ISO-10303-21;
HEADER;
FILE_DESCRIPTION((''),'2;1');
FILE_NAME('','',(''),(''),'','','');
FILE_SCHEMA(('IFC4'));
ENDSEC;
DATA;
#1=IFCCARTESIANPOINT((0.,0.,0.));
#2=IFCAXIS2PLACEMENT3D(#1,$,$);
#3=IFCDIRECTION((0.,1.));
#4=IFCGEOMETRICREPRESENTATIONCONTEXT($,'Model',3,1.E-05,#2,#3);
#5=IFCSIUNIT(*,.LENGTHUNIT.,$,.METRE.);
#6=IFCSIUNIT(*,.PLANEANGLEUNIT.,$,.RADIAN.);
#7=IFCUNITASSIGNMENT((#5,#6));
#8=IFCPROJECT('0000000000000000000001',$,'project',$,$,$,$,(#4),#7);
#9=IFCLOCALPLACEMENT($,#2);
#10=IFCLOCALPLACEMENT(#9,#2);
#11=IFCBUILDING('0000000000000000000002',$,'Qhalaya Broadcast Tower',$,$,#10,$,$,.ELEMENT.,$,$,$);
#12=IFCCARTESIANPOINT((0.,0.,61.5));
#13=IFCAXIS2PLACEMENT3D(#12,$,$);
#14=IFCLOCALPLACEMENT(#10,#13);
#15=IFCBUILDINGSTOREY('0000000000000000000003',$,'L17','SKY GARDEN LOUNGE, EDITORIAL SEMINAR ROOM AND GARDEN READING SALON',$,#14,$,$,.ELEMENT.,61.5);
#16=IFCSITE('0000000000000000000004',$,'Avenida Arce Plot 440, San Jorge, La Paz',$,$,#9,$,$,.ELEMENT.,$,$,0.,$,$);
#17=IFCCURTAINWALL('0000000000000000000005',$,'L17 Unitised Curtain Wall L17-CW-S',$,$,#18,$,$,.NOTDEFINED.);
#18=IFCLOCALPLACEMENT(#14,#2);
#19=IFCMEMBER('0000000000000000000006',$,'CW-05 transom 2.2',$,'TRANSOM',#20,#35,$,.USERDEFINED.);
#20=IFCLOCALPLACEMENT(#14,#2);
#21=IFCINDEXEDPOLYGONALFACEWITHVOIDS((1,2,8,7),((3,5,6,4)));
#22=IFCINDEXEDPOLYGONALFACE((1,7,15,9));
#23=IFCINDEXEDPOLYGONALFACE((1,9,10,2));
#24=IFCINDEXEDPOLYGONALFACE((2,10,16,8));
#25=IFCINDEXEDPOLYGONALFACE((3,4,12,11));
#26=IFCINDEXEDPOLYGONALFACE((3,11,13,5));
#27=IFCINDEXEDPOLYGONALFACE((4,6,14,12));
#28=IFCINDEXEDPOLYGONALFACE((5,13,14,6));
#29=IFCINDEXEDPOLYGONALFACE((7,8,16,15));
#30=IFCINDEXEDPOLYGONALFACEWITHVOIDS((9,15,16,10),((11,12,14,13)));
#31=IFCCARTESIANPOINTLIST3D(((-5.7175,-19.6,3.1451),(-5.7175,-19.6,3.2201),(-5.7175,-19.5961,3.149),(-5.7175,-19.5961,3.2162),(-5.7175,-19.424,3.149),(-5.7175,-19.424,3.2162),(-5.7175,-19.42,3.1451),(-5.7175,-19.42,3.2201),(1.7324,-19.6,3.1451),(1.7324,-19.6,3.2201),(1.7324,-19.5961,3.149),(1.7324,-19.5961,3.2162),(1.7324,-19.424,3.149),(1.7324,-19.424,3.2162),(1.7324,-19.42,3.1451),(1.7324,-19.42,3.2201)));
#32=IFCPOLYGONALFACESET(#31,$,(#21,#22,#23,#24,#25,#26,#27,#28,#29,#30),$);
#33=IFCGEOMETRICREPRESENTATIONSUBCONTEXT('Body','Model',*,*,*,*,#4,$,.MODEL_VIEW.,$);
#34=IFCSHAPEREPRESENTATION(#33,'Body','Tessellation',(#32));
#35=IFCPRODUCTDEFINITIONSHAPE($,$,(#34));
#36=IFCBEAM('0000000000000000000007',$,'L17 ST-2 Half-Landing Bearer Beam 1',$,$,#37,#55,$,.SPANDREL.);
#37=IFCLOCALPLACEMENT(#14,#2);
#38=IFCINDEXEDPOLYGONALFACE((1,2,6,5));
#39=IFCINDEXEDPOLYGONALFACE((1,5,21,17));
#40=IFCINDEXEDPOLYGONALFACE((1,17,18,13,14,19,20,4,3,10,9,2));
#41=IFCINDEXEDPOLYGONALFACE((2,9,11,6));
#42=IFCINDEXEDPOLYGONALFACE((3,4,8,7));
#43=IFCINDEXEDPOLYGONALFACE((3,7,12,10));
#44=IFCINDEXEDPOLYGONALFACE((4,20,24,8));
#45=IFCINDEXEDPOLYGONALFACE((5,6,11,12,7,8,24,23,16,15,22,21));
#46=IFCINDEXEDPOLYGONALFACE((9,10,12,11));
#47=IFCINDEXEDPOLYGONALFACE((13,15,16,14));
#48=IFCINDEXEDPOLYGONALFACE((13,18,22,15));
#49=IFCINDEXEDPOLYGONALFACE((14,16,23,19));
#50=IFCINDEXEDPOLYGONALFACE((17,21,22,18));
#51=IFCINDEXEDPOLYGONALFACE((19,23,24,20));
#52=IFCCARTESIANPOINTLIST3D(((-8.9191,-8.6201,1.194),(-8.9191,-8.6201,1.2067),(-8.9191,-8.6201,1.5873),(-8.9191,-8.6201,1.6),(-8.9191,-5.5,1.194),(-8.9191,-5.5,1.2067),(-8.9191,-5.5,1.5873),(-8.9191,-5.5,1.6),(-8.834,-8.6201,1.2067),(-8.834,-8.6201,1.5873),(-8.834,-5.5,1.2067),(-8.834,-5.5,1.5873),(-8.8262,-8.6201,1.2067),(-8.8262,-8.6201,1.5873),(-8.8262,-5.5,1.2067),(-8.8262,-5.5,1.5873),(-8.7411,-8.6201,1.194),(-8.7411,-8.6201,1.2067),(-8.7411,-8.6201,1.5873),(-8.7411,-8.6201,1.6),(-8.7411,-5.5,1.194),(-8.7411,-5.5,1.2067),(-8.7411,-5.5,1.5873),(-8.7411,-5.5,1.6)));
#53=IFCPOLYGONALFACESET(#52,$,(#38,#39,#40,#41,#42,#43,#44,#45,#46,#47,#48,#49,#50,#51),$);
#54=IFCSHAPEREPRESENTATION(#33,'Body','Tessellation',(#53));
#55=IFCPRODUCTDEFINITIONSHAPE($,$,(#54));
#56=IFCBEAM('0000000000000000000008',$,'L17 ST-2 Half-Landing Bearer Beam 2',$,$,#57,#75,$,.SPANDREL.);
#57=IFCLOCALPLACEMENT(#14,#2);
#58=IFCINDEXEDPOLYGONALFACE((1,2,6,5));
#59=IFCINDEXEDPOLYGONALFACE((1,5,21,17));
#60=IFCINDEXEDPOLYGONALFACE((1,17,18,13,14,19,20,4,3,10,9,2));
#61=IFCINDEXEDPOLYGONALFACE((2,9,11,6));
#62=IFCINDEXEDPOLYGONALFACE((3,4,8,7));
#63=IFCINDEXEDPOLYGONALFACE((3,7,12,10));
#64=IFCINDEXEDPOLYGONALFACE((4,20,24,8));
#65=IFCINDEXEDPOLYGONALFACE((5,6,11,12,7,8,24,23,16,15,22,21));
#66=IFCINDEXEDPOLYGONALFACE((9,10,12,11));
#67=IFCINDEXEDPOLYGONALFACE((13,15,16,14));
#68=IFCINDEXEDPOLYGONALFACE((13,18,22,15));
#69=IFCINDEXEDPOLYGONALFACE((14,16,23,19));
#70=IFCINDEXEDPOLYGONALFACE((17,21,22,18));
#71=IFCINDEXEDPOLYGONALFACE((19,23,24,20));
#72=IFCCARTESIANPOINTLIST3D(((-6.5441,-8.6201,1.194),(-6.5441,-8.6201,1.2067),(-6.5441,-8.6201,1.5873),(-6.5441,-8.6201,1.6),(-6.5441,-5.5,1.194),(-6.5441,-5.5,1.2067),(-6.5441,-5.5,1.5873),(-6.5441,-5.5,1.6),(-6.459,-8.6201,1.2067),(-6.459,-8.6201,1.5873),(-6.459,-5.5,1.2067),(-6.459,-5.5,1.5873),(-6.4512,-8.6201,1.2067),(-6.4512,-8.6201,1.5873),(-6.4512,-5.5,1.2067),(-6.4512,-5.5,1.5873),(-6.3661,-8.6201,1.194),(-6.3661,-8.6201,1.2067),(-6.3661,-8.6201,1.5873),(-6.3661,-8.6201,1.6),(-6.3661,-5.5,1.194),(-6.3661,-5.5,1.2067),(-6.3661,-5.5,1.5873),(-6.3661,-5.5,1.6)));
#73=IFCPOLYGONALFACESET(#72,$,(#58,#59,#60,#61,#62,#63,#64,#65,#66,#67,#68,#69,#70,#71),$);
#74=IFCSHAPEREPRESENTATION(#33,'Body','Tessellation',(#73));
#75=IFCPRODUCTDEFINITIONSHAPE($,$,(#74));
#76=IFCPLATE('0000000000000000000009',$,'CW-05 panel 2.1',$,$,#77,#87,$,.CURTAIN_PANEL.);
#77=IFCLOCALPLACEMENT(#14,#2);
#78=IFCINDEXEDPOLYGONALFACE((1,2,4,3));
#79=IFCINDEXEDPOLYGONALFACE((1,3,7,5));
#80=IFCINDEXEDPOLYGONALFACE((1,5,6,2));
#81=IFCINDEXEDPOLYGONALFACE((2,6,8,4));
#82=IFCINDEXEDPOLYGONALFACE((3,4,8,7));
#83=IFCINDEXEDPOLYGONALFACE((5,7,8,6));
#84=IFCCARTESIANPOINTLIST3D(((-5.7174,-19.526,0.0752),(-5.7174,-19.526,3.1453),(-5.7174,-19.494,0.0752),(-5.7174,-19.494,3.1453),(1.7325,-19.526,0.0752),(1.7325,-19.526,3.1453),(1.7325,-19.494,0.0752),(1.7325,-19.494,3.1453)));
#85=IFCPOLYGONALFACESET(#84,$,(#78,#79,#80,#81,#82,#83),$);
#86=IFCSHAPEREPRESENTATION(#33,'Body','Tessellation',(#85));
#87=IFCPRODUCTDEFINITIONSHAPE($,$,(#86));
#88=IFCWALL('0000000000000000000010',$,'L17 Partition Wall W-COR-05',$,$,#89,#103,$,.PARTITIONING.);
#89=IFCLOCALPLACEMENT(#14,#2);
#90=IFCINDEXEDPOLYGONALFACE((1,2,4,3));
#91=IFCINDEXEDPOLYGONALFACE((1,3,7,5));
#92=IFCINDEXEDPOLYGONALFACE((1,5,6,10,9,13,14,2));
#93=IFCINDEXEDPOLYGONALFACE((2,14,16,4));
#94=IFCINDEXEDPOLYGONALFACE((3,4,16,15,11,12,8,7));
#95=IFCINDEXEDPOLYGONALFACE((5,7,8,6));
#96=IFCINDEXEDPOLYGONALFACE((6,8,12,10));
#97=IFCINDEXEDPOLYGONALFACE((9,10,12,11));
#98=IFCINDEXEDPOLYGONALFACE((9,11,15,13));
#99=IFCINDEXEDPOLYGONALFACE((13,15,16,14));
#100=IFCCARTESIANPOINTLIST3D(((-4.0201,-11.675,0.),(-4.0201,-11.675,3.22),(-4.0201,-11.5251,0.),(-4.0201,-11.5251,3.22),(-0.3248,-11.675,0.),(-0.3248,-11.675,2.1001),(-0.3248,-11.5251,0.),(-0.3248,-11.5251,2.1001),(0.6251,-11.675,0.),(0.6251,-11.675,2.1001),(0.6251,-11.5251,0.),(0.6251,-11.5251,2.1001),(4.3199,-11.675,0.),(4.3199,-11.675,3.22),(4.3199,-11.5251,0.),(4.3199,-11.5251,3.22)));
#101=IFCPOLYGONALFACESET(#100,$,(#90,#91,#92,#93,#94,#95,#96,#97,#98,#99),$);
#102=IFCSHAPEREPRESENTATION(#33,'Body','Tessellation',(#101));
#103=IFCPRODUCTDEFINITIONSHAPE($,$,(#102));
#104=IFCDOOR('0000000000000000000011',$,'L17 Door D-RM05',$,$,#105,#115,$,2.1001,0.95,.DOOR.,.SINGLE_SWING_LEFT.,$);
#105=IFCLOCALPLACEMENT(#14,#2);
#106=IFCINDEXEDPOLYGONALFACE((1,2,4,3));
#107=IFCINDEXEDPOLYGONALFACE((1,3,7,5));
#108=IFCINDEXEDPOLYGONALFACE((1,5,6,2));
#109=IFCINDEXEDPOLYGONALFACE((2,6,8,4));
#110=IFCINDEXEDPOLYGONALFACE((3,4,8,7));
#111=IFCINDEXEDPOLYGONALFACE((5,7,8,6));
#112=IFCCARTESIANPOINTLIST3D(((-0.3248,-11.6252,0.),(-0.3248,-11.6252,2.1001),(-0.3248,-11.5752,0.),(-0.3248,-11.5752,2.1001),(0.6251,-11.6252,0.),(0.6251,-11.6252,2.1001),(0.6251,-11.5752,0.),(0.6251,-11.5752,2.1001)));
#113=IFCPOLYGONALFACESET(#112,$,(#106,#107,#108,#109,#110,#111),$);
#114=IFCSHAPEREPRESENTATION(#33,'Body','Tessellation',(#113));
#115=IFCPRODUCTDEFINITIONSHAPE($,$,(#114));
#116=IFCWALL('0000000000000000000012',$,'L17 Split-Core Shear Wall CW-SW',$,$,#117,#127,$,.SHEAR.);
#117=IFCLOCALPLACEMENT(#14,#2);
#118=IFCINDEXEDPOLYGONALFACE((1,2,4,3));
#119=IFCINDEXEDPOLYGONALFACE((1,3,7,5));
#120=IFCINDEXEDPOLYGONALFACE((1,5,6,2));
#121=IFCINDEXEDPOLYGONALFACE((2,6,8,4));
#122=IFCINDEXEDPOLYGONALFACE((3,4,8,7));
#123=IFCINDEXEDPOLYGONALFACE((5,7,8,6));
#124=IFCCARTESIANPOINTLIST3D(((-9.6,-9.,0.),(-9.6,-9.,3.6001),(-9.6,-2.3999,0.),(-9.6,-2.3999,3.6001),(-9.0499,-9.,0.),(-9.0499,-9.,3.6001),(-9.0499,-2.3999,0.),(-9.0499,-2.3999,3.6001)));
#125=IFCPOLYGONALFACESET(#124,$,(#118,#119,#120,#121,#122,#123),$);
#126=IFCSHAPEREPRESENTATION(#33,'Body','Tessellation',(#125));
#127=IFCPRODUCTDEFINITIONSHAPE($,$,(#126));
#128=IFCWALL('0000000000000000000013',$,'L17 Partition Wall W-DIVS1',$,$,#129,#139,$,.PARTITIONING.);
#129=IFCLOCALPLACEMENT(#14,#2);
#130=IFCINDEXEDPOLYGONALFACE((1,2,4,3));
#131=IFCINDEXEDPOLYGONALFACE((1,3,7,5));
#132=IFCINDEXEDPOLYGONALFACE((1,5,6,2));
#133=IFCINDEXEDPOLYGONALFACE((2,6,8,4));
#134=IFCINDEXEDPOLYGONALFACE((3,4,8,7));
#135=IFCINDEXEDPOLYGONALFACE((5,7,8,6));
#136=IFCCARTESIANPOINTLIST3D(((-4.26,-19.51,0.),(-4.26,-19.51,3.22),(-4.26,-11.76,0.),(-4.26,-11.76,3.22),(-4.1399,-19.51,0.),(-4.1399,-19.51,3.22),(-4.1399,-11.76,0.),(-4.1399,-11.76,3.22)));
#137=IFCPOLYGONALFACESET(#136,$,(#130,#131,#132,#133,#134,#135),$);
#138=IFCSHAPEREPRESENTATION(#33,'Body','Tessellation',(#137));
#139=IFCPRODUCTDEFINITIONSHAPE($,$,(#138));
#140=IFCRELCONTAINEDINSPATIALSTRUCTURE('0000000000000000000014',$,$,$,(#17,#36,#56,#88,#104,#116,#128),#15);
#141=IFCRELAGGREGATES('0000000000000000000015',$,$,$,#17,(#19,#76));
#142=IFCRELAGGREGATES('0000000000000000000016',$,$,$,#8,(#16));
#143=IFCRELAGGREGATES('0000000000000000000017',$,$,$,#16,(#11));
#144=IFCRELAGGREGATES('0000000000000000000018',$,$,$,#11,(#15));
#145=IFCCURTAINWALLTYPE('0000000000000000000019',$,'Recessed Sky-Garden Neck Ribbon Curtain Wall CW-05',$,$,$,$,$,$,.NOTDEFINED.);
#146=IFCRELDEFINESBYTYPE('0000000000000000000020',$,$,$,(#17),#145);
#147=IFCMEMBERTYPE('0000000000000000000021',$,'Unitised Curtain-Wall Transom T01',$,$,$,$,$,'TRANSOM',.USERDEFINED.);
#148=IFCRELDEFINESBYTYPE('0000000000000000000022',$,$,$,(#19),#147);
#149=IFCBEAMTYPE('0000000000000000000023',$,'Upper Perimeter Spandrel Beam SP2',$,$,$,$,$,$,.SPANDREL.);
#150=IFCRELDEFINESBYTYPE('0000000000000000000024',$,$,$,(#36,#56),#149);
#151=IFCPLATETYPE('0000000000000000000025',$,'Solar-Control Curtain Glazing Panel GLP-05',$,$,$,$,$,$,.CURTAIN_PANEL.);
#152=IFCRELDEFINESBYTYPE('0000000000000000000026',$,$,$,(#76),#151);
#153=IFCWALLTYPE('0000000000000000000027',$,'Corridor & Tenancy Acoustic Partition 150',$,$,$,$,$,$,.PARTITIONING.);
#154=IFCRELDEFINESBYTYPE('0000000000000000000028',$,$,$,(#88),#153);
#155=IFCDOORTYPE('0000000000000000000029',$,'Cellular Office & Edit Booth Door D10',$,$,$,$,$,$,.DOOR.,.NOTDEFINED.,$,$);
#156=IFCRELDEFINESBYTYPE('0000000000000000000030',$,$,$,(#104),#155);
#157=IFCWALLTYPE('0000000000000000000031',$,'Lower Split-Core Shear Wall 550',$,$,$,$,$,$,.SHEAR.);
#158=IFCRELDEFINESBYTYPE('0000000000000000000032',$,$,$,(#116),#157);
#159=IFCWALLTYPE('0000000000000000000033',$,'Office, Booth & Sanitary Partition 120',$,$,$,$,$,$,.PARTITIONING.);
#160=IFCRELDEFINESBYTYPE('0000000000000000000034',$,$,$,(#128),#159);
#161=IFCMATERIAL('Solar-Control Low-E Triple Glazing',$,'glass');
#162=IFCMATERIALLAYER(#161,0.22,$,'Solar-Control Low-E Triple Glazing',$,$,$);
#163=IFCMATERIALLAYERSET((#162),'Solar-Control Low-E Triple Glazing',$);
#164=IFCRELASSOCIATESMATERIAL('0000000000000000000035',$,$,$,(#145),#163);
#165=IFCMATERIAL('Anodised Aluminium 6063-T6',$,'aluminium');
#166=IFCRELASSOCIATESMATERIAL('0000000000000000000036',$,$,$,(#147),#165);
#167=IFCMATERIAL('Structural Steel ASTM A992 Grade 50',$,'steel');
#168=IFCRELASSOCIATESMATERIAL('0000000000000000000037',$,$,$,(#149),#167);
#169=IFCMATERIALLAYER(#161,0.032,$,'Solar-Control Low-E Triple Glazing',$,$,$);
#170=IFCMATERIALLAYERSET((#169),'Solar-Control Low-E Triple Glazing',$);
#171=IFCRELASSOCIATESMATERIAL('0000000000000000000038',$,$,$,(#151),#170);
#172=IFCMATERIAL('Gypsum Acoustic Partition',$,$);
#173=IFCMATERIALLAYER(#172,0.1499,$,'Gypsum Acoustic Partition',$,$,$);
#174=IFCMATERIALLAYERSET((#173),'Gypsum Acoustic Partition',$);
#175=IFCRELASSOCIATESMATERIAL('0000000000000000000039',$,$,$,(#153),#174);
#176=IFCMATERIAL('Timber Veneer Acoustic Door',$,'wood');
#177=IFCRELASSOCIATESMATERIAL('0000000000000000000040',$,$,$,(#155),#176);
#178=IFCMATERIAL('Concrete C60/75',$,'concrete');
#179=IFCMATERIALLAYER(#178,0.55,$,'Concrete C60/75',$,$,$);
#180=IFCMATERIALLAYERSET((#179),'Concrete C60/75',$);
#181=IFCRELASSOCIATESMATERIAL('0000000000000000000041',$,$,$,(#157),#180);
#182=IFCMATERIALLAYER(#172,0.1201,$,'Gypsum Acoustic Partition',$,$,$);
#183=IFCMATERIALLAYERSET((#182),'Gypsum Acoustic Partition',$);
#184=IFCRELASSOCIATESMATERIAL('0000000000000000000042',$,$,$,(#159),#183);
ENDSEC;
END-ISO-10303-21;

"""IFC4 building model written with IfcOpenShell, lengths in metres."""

from ifc_helpers import new_model, si_unit, direction, frame, frame_2d, origin, origin_2d, place, context, subcontext, project, spatial, rectangle, hollow_rectangle, i_section, extrude, material, layer, layer_set, material_profile, profile_set, type_object, element, fill, aggregate, save


model = new_model("IFC4")

# Units and contexts
model_context = context("Model", 3, precision=1e-05, world=origin(), true_north=direction((0.0, 1.0)))
body_context = subcontext(model_context, "Body", "Model", "MODEL_VIEW")
ifc_project = project(units=[si_unit("LENGTHUNIT", "METRE"), si_unit("PLANEANGLEUNIT", "RADIAN")], contexts=[model_context])

# Site, building, storey
site_placement = place(None, origin())
site = spatial("IfcSite", under=ifc_project, at=site_placement, Name="Avenida Arce Plot 440, San Jorge, La Paz", CompositionType="ELEMENT", RefElevation=0.0)
building_placement = place(site_placement, origin())
building = spatial("IfcBuilding", under=site, at=building_placement, Name="Qhalaya Broadcast Tower", CompositionType="ELEMENT")
storey_placement = place(building_placement, frame((0.0, 0.0, 61.5)))
storey = spatial("IfcBuildingStorey", under=building, at=storey_placement, Name="L17", Description="SKY GARDEN LOUNGE, EDITORIAL SEMINAR ROOM AND GARDEN READING SALON", CompositionType="ELEMENT", Elevation=61.5)

# Shared definitions
ifc_material_1 = material(Name="Structural Steel ASTM A992 Grade 50", Category="steel")

# Curtain wall, member
ifc_material_2 = material(Name="Solar-Control Low-E Triple Glazing", Category="glass")
ifc_layer_1 = layer(ifc_material_2, 0.22, Name="Solar-Control Low-E Triple Glazing")
ifc_layer_set_1 = layer_set([ifc_layer_1], Name="Solar-Control Low-E Triple Glazing")
curtain_wall_type = type_object("IfcCurtainWallType", Name="Recessed Sky-Garden Neck Ribbon Curtain Wall CW-05", PredefinedType="NOTDEFINED", material=ifc_layer_set_1)
curtain_wall_placement = place(storey_placement, origin())
curtain_wall = element("IfcCurtainWall", 1, at=curtain_wall_placement, inside=storey, type_object=curtain_wall_type, Name="L17 Unitised Curtain Wall L17-CW-S", PredefinedType="NOTDEFINED")
ifc_material_3 = material(Name="Anodised Aluminium 6063-T6", Category="aluminium")
ifc_material_profile_1 = material_profile(ifc_material_3, hollow_rectangle(XDim=0.075, YDim=0.1799, WallThickness=0.0039, at=origin_2d()), Name="ALU-TRN 75x180x4")
ifc_profile_set_1 = profile_set([ifc_material_profile_1], Name="Anodised Aluminium 6063-T6")
member_type_1 = type_object("IfcMemberType", Name="Unitised Curtain-Wall Transom T01", ElementType="TRANSOM", PredefinedType="USERDEFINED", material=ifc_profile_set_1)
member_1_placement = place(storey_placement, frame((-5.7175, -19.51, 3.1826), z_axis=(1.0, 0.0, 0.0), x_axis=(0.0, 0.0, 1.0)))
member_1 = element("IfcMember", 2, at=member_1_placement, type_object=member_type_1, Name="CW-05 transom 2.2", ObjectType="TRANSOM", PredefinedType="USERDEFINED", context=body_context, shape_type="SweptSolid", body=[
    extrude(hollow_rectangle(XDim=0.075, YDim=0.1799, WallThickness=0.0039, at=origin_2d()), origin(), (0.0, 0.0, 1.0), 7.45),
])

# Beams
ifc_material_profile_2 = material_profile(ifc_material_1, i_section(OverallWidth=0.178, OverallDepth=0.406, WebThickness=0.0078, FlangeThickness=0.0127, at=origin_2d()), Name="W16X40")
ifc_profile_set_2 = profile_set([ifc_material_profile_2], Name="Structural Steel ASTM A992 Grade 50")
beam_type_1 = type_object("IfcBeamType", Name="Upper Perimeter Spandrel Beam SP2", PredefinedType="SPANDREL", material=ifc_profile_set_2)
for number, where, z_axis, x_axis, name in (
    (3, (-8.8301, -8.6201, 1.397), (0.0, 1.0, 0.0), (-1.0, 0.0, 0.0), "L17 ST-2 Half-Landing Bearer Beam 1"),
    (4, (-6.4551, -8.6201, 1.397), (0.0, 1.0, 0.0), (-1.0, 0.0, 0.0), "L17 ST-2 Half-Landing Bearer Beam 2"),
):
    element("IfcBeam", number, at=place(storey_placement, frame(where, z_axis=z_axis, x_axis=x_axis)), inside=storey, type_object=beam_type_1, Name=name, PredefinedType="SPANDREL", context=body_context, shape_type="SweptSolid", body=[
        extrude(i_section(OverallWidth=0.178, OverallDepth=0.406, WebThickness=0.0078, FlangeThickness=0.0127, at=origin_2d()), origin(), (0.0, 0.0, 1.0), 3.1201),
    ])

# Plate
ifc_layer_2 = layer(ifc_material_2, 0.032, Name="Solar-Control Low-E Triple Glazing")
ifc_layer_set_2 = layer_set([ifc_layer_2], Name="Solar-Control Low-E Triple Glazing")
plate_type = type_object("IfcPlateType", Name="Solar-Control Curtain Glazing Panel GLP-05", PredefinedType="CURTAIN_PANEL", material=ifc_layer_set_2)
plate_placement = place(storey_placement, frame((-1.9924, -19.51, 0.0752), z_axis=(0.0, 0.0, 1.0), x_axis=(1.0, 0.0, 0.0)))
plate = element("IfcPlate", 5, at=plate_placement, type_object=plate_type, Name="CW-05 panel 2.1", PredefinedType="CURTAIN_PANEL", context=body_context, shape_type="SweptSolid", body=[
    extrude(rectangle(XDim=7.45, YDim=0.032, at=origin_2d()), origin(), (0.0, 0.0, 1.0), 3.0701),
])
aggregate(curtain_wall, [member_1, plate])

# Wall, opening, door
ifc_material_4 = material(Name="Gypsum Acoustic Partition")
ifc_layer_3 = layer(ifc_material_4, 0.1499, Name="Gypsum Acoustic Partition")
ifc_layer_set_3 = layer_set([ifc_layer_3], Name="Gypsum Acoustic Partition")
wall_type_1 = type_object("IfcWallType", Name="Corridor & Tenancy Acoustic Partition 150", PredefinedType="PARTITIONING", material=ifc_layer_set_3)
wall_1_placement = place(storey_placement, frame((-4.02, -11.6001, 0.0), z_axis=(0.0, 0.0, 1.0), x_axis=(1.0, 0.0, 0.0)))
wall_1 = element("IfcWall", 6, at=wall_1_placement, inside=storey, type_object=wall_type_1, Name="L17 Partition Wall W-COR-05", PredefinedType="PARTITIONING", context=body_context, shape_type="SweptSolid", body=[
    extrude(rectangle(XDim=8.3401, YDim=0.1499, at=frame_2d((4.1699, 0.0))), origin(), (0.0, 0.0, 1.0), 3.22),
])
opening_placement = place(wall_1_placement, frame((3.6951, 0.0, 0.0)))
opening = element("IfcOpeningElement", 7, at=opening_placement, cuts=wall_1, PredefinedType="OPENING", context=body_context, shape_type="SweptSolid", body=[
    extrude(rectangle(XDim=0.95, YDim=2.1001, at=frame_2d((0.4751, 1.05))), frame((0.0, 0.0869, 0.0), z_axis=(0.0, -1.0, 0.0), x_axis=(1.0, 0.0, 0.0)), (0.0, 0.0, 1.0), 0.1738),
])
ifc_material_5 = material(Name="Timber Veneer Acoustic Door", Category="wood")
door_type = type_object("IfcDoorType", Name="Cellular Office & Edit Booth Door D10", OperationType="NOTDEFINED", PredefinedType="DOOR", material=ifc_material_5)
door_placement = place(opening_placement, origin())
door = element("IfcDoor", 8, at=door_placement, inside=storey, type_object=door_type, Name="L17 Door D-RM05", OperationType="SINGLE_SWING_LEFT", OverallHeight=2.1001, OverallWidth=0.95, PredefinedType="DOOR", context=body_context, shape_type="SweptSolid", body=[
    extrude(rectangle(XDim=0.95, YDim=2.1001, at=frame_2d((0.4751, 1.05))), frame((0.0, 0.0249, 0.0), z_axis=(0.0, -1.0, 0.0), x_axis=(1.0, 0.0, 0.0)), (0.0, 0.0, 1.0), 0.05),
])
fill(opening, door)

# Walls
ifc_material_6 = material(Name="Concrete C60/75", Category="concrete")
ifc_layer_4 = layer(ifc_material_6, 0.55, Name="Concrete C60/75")
ifc_layer_set_4 = layer_set([ifc_layer_4], Name="Concrete C60/75")
wall_type_2 = type_object("IfcWallType", Name="Lower Split-Core Shear Wall 550", PredefinedType="SHEAR", material=ifc_layer_set_4)
wall_2_placement = place(storey_placement, frame((-9.325, -9.0, 0.0), z_axis=(0.0, 0.0, 1.0), x_axis=(0.0, 1.0, 0.0)))
element("IfcWall", 9, at=wall_2_placement, inside=storey, type_object=wall_type_2, Name="L17 Split-Core Shear Wall CW-SW", PredefinedType="SHEAR", context=body_context, shape_type="SweptSolid", body=[
    extrude(rectangle(XDim=6.6001, YDim=0.55, at=frame_2d((3.3, 0.0))), origin(), (0.0, 0.0, 1.0), 3.6001),
])
ifc_layer_5 = layer(ifc_material_4, 0.1201, Name="Gypsum Acoustic Partition")
ifc_layer_set_5 = layer_set([ifc_layer_5], Name="Gypsum Acoustic Partition")
wall_type_3 = type_object("IfcWallType", Name="Office, Booth & Sanitary Partition 120", PredefinedType="PARTITIONING", material=ifc_layer_set_5)
wall_3_placement = place(storey_placement, frame((-4.2, -19.51, 0.0), z_axis=(0.0, 0.0, 1.0), x_axis=(0.0, 1.0, 0.0)))
element("IfcWall", 10, at=wall_3_placement, inside=storey, type_object=wall_type_3, Name="L17 Partition Wall W-DIVS1", PredefinedType="PARTITIONING", context=body_context, shape_type="SweptSolid", body=[
    extrude(rectangle(XDim=7.75, YDim=0.1201, at=frame_2d((3.875, 0.0))), origin(), (0.0, 0.0, 1.0), 3.22),
])

save(model, "model.ifc")
